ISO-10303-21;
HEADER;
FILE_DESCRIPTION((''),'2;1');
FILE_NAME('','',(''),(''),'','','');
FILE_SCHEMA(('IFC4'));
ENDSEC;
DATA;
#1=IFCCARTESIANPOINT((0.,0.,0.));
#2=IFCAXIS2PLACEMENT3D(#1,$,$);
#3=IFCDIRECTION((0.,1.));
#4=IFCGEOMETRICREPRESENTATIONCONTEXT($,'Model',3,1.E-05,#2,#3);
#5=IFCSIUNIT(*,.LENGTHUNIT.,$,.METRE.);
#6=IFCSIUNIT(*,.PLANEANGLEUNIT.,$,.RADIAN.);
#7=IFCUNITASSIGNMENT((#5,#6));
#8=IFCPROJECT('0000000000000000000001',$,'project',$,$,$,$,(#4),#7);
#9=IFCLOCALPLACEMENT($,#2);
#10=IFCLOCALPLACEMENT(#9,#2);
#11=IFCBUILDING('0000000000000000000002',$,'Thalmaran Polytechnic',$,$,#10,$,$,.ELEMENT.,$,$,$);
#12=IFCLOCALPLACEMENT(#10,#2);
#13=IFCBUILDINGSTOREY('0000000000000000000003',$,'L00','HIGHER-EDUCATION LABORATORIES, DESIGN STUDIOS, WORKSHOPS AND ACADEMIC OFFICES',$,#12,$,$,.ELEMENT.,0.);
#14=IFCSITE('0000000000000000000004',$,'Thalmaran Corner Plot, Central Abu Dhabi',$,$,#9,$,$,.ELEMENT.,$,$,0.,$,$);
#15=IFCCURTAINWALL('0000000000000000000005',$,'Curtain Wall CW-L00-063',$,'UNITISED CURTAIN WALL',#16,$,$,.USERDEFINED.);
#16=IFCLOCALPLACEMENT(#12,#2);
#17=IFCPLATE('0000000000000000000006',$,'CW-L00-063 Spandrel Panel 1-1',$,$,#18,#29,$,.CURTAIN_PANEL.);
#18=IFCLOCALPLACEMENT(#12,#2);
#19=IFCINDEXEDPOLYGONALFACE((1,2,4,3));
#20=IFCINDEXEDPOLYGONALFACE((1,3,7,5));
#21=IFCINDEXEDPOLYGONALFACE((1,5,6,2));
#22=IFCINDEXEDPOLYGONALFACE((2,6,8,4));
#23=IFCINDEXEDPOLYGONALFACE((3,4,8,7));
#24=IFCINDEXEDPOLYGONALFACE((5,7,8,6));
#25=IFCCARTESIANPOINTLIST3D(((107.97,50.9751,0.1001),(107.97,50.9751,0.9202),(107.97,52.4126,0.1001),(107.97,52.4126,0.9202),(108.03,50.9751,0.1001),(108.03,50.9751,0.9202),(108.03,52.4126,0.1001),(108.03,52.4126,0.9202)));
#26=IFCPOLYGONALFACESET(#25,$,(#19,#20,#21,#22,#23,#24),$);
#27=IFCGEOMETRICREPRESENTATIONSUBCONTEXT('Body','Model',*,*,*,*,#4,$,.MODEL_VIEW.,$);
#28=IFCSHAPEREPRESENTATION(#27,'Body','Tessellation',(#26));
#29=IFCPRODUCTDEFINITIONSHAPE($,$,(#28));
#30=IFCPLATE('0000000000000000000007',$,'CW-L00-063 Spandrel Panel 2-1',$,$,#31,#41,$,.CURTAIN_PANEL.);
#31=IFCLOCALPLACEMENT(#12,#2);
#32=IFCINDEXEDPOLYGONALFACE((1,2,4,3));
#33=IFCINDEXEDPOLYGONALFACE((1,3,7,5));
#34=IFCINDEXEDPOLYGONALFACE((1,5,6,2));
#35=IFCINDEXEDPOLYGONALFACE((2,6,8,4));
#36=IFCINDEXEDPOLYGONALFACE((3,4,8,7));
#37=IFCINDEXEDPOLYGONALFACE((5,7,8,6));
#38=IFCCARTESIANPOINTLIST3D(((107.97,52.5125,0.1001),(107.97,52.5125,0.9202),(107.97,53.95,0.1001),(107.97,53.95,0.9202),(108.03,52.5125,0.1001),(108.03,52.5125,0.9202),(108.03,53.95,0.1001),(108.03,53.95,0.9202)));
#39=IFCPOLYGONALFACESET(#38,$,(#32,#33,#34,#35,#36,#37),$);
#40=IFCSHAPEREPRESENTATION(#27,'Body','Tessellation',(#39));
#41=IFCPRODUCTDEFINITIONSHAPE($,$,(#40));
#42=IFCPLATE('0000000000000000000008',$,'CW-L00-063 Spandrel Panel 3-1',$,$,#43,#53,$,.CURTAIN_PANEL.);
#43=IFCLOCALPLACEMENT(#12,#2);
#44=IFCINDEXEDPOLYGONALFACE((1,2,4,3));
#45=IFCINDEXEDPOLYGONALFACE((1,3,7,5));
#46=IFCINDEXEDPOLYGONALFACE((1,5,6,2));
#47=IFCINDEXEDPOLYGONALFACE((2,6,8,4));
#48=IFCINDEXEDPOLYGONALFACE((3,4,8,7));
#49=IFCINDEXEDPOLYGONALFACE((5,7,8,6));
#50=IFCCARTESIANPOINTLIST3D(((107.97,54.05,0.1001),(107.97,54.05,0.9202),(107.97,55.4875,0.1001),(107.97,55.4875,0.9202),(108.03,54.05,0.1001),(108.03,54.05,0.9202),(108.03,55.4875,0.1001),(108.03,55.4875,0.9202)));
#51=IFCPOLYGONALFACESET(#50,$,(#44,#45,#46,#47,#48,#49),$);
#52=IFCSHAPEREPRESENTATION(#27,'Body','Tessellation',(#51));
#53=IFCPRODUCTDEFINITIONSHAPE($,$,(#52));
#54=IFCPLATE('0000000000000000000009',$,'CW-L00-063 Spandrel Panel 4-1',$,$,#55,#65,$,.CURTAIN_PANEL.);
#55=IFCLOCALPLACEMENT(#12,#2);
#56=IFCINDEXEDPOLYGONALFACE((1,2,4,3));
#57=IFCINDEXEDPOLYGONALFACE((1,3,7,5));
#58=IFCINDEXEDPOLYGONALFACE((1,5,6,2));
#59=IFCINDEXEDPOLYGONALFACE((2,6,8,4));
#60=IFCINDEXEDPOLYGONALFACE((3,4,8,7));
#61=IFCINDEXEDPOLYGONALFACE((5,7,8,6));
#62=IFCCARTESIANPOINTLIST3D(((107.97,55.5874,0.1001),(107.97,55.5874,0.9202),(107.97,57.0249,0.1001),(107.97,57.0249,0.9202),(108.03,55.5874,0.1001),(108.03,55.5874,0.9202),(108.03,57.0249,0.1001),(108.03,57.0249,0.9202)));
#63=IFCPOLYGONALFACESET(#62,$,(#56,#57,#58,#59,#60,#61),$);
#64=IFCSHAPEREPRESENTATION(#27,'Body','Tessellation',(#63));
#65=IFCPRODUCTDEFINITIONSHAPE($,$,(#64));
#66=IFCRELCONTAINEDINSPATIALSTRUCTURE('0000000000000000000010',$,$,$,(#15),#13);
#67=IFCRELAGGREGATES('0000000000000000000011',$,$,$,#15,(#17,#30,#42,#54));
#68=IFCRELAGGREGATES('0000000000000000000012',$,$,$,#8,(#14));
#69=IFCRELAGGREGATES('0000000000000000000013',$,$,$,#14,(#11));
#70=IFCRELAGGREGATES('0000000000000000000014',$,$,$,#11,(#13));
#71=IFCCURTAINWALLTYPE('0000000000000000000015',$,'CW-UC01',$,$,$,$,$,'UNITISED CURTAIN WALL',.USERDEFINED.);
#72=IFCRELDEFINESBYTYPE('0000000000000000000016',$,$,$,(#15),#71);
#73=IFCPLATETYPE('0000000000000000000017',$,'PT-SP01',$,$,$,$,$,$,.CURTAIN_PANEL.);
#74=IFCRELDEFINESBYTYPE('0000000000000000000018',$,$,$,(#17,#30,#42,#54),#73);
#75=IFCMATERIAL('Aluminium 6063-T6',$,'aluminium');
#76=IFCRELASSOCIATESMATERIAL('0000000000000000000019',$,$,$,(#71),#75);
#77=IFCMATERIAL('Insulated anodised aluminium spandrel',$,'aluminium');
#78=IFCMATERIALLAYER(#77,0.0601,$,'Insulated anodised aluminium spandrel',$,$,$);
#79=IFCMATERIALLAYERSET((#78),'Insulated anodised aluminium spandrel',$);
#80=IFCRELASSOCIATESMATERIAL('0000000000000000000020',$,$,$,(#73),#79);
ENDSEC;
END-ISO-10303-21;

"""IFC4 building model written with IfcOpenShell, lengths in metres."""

from ifc_helpers import new_model, si_unit, direction, frame, origin, origin_2d, place, context, subcontext, project, spatial, rectangle, extrude, material, layer, layer_set, type_object, element, aggregate, save


model = new_model("IFC4")

# Units and contexts
model_context = context("Model", 3, precision=1e-05, world=origin(), true_north=direction((0.0, 1.0)))
body_context = subcontext(model_context, "Body", "Model", "MODEL_VIEW")
ifc_project = project(units=[si_unit("LENGTHUNIT", "METRE"), si_unit("PLANEANGLEUNIT", "RADIAN")], contexts=[model_context])

# Site, building, storey
site_placement = place(None, origin())
site = spatial("IfcSite", under=ifc_project, at=site_placement, Name="Thalmaran Corner Plot, Central Abu Dhabi", CompositionType="ELEMENT", RefElevation=0.0)
building_placement = place(site_placement, origin())
building = spatial("IfcBuilding", under=site, at=building_placement, Name="Thalmaran Polytechnic", CompositionType="ELEMENT")
storey_placement = place(building_placement, origin())
storey = spatial("IfcBuildingStorey", under=building, at=storey_placement, Name="L00", Description="HIGHER-EDUCATION LABORATORIES, DESIGN STUDIOS, WORKSHOPS AND ACADEMIC OFFICES", CompositionType="ELEMENT", Elevation=0.0)

# Curtain wall
ifc_material_1 = material(Name="Aluminium 6063-T6", Category="aluminium")
curtain_wall_type = type_object("IfcCurtainWallType", Name="CW-UC01", ElementType="UNITISED CURTAIN WALL", PredefinedType="USERDEFINED", material=ifc_material_1)
curtain_wall_1_placement = place(storey_placement, origin())
curtain_wall_1 = element("IfcCurtainWall", 1, at=curtain_wall_1_placement, inside=storey, type_object=curtain_wall_type, Name="Curtain Wall CW-L00-063", ObjectType="UNITISED CURTAIN WALL", PredefinedType="USERDEFINED")

# Plates
ifc_material_2 = material(Name="Insulated anodised aluminium spandrel", Category="aluminium")
ifc_layer_1 = layer(ifc_material_2, 0.0601, Name="Insulated anodised aluminium spandrel")
ifc_layer_set_1 = layer_set([ifc_layer_1], Name="Insulated anodised aluminium spandrel")
plate_type_1 = type_object("IfcPlateType", Name="PT-SP01", PredefinedType="CURTAIN_PANEL", material=ifc_layer_set_1)
plate_1_placement = place(storey_placement, frame((108.0, 51.6938, 0.1001), z_axis=(0.0, 0.0, 1.0), x_axis=(0.0, 1.0, 0.0)))
plate_1 = element("IfcPlate", 2, at=plate_1_placement, type_object=plate_type_1, Name="CW-L00-063 Spandrel Panel 1-1", PredefinedType="CURTAIN_PANEL", context=body_context, shape_type="SweptSolid", body=[
    extrude(rectangle(XDim=1.4375, YDim=0.0601, at=origin_2d()), origin(), (0.0, 0.0, 1.0), 0.8201),
])
plate_2_placement = place(storey_placement, frame((108.0, 53.2312, 0.1001), z_axis=(0.0, 0.0, 1.0), x_axis=(0.0, 1.0, 0.0)))
plate_2 = element("IfcPlate", 3, at=plate_2_placement, type_object=plate_type_1, Name="CW-L00-063 Spandrel Panel 2-1", PredefinedType="CURTAIN_PANEL", context=body_context, shape_type="SweptSolid", body=[
    extrude(rectangle(XDim=1.4375, YDim=0.0601, at=origin_2d()), origin(), (0.0, 0.0, 1.0), 0.8201),
])
plate_3_placement = place(storey_placement, frame((108.0, 54.7688, 0.1001), z_axis=(0.0, 0.0, 1.0), x_axis=(0.0, 1.0, 0.0)))
plate_3 = element("IfcPlate", 4, at=plate_3_placement, type_object=plate_type_1, Name="CW-L00-063 Spandrel Panel 3-1", PredefinedType="CURTAIN_PANEL", context=body_context, shape_type="SweptSolid", body=[
    extrude(rectangle(XDim=1.4375, YDim=0.0601, at=origin_2d()), origin(), (0.0, 0.0, 1.0), 0.8201),
])
plate_4_placement = place(storey_placement, frame((108.0, 56.3062, 0.1001), z_axis=(0.0, 0.0, 1.0), x_axis=(0.0, 1.0, 0.0)))
plate_4 = element("IfcPlate", 5, at=plate_4_placement, type_object=plate_type_1, Name="CW-L00-063 Spandrel Panel 4-1", PredefinedType="CURTAIN_PANEL", context=body_context, shape_type="SweptSolid", body=[
    extrude(rectangle(XDim=1.4375, YDim=0.0601, at=origin_2d()), origin(), (0.0, 0.0, 1.0), 0.8201),
])
aggregate(curtain_wall_1, [plate_1, plate_2, plate_3, plate_4])

save(model, "model.ifc")
